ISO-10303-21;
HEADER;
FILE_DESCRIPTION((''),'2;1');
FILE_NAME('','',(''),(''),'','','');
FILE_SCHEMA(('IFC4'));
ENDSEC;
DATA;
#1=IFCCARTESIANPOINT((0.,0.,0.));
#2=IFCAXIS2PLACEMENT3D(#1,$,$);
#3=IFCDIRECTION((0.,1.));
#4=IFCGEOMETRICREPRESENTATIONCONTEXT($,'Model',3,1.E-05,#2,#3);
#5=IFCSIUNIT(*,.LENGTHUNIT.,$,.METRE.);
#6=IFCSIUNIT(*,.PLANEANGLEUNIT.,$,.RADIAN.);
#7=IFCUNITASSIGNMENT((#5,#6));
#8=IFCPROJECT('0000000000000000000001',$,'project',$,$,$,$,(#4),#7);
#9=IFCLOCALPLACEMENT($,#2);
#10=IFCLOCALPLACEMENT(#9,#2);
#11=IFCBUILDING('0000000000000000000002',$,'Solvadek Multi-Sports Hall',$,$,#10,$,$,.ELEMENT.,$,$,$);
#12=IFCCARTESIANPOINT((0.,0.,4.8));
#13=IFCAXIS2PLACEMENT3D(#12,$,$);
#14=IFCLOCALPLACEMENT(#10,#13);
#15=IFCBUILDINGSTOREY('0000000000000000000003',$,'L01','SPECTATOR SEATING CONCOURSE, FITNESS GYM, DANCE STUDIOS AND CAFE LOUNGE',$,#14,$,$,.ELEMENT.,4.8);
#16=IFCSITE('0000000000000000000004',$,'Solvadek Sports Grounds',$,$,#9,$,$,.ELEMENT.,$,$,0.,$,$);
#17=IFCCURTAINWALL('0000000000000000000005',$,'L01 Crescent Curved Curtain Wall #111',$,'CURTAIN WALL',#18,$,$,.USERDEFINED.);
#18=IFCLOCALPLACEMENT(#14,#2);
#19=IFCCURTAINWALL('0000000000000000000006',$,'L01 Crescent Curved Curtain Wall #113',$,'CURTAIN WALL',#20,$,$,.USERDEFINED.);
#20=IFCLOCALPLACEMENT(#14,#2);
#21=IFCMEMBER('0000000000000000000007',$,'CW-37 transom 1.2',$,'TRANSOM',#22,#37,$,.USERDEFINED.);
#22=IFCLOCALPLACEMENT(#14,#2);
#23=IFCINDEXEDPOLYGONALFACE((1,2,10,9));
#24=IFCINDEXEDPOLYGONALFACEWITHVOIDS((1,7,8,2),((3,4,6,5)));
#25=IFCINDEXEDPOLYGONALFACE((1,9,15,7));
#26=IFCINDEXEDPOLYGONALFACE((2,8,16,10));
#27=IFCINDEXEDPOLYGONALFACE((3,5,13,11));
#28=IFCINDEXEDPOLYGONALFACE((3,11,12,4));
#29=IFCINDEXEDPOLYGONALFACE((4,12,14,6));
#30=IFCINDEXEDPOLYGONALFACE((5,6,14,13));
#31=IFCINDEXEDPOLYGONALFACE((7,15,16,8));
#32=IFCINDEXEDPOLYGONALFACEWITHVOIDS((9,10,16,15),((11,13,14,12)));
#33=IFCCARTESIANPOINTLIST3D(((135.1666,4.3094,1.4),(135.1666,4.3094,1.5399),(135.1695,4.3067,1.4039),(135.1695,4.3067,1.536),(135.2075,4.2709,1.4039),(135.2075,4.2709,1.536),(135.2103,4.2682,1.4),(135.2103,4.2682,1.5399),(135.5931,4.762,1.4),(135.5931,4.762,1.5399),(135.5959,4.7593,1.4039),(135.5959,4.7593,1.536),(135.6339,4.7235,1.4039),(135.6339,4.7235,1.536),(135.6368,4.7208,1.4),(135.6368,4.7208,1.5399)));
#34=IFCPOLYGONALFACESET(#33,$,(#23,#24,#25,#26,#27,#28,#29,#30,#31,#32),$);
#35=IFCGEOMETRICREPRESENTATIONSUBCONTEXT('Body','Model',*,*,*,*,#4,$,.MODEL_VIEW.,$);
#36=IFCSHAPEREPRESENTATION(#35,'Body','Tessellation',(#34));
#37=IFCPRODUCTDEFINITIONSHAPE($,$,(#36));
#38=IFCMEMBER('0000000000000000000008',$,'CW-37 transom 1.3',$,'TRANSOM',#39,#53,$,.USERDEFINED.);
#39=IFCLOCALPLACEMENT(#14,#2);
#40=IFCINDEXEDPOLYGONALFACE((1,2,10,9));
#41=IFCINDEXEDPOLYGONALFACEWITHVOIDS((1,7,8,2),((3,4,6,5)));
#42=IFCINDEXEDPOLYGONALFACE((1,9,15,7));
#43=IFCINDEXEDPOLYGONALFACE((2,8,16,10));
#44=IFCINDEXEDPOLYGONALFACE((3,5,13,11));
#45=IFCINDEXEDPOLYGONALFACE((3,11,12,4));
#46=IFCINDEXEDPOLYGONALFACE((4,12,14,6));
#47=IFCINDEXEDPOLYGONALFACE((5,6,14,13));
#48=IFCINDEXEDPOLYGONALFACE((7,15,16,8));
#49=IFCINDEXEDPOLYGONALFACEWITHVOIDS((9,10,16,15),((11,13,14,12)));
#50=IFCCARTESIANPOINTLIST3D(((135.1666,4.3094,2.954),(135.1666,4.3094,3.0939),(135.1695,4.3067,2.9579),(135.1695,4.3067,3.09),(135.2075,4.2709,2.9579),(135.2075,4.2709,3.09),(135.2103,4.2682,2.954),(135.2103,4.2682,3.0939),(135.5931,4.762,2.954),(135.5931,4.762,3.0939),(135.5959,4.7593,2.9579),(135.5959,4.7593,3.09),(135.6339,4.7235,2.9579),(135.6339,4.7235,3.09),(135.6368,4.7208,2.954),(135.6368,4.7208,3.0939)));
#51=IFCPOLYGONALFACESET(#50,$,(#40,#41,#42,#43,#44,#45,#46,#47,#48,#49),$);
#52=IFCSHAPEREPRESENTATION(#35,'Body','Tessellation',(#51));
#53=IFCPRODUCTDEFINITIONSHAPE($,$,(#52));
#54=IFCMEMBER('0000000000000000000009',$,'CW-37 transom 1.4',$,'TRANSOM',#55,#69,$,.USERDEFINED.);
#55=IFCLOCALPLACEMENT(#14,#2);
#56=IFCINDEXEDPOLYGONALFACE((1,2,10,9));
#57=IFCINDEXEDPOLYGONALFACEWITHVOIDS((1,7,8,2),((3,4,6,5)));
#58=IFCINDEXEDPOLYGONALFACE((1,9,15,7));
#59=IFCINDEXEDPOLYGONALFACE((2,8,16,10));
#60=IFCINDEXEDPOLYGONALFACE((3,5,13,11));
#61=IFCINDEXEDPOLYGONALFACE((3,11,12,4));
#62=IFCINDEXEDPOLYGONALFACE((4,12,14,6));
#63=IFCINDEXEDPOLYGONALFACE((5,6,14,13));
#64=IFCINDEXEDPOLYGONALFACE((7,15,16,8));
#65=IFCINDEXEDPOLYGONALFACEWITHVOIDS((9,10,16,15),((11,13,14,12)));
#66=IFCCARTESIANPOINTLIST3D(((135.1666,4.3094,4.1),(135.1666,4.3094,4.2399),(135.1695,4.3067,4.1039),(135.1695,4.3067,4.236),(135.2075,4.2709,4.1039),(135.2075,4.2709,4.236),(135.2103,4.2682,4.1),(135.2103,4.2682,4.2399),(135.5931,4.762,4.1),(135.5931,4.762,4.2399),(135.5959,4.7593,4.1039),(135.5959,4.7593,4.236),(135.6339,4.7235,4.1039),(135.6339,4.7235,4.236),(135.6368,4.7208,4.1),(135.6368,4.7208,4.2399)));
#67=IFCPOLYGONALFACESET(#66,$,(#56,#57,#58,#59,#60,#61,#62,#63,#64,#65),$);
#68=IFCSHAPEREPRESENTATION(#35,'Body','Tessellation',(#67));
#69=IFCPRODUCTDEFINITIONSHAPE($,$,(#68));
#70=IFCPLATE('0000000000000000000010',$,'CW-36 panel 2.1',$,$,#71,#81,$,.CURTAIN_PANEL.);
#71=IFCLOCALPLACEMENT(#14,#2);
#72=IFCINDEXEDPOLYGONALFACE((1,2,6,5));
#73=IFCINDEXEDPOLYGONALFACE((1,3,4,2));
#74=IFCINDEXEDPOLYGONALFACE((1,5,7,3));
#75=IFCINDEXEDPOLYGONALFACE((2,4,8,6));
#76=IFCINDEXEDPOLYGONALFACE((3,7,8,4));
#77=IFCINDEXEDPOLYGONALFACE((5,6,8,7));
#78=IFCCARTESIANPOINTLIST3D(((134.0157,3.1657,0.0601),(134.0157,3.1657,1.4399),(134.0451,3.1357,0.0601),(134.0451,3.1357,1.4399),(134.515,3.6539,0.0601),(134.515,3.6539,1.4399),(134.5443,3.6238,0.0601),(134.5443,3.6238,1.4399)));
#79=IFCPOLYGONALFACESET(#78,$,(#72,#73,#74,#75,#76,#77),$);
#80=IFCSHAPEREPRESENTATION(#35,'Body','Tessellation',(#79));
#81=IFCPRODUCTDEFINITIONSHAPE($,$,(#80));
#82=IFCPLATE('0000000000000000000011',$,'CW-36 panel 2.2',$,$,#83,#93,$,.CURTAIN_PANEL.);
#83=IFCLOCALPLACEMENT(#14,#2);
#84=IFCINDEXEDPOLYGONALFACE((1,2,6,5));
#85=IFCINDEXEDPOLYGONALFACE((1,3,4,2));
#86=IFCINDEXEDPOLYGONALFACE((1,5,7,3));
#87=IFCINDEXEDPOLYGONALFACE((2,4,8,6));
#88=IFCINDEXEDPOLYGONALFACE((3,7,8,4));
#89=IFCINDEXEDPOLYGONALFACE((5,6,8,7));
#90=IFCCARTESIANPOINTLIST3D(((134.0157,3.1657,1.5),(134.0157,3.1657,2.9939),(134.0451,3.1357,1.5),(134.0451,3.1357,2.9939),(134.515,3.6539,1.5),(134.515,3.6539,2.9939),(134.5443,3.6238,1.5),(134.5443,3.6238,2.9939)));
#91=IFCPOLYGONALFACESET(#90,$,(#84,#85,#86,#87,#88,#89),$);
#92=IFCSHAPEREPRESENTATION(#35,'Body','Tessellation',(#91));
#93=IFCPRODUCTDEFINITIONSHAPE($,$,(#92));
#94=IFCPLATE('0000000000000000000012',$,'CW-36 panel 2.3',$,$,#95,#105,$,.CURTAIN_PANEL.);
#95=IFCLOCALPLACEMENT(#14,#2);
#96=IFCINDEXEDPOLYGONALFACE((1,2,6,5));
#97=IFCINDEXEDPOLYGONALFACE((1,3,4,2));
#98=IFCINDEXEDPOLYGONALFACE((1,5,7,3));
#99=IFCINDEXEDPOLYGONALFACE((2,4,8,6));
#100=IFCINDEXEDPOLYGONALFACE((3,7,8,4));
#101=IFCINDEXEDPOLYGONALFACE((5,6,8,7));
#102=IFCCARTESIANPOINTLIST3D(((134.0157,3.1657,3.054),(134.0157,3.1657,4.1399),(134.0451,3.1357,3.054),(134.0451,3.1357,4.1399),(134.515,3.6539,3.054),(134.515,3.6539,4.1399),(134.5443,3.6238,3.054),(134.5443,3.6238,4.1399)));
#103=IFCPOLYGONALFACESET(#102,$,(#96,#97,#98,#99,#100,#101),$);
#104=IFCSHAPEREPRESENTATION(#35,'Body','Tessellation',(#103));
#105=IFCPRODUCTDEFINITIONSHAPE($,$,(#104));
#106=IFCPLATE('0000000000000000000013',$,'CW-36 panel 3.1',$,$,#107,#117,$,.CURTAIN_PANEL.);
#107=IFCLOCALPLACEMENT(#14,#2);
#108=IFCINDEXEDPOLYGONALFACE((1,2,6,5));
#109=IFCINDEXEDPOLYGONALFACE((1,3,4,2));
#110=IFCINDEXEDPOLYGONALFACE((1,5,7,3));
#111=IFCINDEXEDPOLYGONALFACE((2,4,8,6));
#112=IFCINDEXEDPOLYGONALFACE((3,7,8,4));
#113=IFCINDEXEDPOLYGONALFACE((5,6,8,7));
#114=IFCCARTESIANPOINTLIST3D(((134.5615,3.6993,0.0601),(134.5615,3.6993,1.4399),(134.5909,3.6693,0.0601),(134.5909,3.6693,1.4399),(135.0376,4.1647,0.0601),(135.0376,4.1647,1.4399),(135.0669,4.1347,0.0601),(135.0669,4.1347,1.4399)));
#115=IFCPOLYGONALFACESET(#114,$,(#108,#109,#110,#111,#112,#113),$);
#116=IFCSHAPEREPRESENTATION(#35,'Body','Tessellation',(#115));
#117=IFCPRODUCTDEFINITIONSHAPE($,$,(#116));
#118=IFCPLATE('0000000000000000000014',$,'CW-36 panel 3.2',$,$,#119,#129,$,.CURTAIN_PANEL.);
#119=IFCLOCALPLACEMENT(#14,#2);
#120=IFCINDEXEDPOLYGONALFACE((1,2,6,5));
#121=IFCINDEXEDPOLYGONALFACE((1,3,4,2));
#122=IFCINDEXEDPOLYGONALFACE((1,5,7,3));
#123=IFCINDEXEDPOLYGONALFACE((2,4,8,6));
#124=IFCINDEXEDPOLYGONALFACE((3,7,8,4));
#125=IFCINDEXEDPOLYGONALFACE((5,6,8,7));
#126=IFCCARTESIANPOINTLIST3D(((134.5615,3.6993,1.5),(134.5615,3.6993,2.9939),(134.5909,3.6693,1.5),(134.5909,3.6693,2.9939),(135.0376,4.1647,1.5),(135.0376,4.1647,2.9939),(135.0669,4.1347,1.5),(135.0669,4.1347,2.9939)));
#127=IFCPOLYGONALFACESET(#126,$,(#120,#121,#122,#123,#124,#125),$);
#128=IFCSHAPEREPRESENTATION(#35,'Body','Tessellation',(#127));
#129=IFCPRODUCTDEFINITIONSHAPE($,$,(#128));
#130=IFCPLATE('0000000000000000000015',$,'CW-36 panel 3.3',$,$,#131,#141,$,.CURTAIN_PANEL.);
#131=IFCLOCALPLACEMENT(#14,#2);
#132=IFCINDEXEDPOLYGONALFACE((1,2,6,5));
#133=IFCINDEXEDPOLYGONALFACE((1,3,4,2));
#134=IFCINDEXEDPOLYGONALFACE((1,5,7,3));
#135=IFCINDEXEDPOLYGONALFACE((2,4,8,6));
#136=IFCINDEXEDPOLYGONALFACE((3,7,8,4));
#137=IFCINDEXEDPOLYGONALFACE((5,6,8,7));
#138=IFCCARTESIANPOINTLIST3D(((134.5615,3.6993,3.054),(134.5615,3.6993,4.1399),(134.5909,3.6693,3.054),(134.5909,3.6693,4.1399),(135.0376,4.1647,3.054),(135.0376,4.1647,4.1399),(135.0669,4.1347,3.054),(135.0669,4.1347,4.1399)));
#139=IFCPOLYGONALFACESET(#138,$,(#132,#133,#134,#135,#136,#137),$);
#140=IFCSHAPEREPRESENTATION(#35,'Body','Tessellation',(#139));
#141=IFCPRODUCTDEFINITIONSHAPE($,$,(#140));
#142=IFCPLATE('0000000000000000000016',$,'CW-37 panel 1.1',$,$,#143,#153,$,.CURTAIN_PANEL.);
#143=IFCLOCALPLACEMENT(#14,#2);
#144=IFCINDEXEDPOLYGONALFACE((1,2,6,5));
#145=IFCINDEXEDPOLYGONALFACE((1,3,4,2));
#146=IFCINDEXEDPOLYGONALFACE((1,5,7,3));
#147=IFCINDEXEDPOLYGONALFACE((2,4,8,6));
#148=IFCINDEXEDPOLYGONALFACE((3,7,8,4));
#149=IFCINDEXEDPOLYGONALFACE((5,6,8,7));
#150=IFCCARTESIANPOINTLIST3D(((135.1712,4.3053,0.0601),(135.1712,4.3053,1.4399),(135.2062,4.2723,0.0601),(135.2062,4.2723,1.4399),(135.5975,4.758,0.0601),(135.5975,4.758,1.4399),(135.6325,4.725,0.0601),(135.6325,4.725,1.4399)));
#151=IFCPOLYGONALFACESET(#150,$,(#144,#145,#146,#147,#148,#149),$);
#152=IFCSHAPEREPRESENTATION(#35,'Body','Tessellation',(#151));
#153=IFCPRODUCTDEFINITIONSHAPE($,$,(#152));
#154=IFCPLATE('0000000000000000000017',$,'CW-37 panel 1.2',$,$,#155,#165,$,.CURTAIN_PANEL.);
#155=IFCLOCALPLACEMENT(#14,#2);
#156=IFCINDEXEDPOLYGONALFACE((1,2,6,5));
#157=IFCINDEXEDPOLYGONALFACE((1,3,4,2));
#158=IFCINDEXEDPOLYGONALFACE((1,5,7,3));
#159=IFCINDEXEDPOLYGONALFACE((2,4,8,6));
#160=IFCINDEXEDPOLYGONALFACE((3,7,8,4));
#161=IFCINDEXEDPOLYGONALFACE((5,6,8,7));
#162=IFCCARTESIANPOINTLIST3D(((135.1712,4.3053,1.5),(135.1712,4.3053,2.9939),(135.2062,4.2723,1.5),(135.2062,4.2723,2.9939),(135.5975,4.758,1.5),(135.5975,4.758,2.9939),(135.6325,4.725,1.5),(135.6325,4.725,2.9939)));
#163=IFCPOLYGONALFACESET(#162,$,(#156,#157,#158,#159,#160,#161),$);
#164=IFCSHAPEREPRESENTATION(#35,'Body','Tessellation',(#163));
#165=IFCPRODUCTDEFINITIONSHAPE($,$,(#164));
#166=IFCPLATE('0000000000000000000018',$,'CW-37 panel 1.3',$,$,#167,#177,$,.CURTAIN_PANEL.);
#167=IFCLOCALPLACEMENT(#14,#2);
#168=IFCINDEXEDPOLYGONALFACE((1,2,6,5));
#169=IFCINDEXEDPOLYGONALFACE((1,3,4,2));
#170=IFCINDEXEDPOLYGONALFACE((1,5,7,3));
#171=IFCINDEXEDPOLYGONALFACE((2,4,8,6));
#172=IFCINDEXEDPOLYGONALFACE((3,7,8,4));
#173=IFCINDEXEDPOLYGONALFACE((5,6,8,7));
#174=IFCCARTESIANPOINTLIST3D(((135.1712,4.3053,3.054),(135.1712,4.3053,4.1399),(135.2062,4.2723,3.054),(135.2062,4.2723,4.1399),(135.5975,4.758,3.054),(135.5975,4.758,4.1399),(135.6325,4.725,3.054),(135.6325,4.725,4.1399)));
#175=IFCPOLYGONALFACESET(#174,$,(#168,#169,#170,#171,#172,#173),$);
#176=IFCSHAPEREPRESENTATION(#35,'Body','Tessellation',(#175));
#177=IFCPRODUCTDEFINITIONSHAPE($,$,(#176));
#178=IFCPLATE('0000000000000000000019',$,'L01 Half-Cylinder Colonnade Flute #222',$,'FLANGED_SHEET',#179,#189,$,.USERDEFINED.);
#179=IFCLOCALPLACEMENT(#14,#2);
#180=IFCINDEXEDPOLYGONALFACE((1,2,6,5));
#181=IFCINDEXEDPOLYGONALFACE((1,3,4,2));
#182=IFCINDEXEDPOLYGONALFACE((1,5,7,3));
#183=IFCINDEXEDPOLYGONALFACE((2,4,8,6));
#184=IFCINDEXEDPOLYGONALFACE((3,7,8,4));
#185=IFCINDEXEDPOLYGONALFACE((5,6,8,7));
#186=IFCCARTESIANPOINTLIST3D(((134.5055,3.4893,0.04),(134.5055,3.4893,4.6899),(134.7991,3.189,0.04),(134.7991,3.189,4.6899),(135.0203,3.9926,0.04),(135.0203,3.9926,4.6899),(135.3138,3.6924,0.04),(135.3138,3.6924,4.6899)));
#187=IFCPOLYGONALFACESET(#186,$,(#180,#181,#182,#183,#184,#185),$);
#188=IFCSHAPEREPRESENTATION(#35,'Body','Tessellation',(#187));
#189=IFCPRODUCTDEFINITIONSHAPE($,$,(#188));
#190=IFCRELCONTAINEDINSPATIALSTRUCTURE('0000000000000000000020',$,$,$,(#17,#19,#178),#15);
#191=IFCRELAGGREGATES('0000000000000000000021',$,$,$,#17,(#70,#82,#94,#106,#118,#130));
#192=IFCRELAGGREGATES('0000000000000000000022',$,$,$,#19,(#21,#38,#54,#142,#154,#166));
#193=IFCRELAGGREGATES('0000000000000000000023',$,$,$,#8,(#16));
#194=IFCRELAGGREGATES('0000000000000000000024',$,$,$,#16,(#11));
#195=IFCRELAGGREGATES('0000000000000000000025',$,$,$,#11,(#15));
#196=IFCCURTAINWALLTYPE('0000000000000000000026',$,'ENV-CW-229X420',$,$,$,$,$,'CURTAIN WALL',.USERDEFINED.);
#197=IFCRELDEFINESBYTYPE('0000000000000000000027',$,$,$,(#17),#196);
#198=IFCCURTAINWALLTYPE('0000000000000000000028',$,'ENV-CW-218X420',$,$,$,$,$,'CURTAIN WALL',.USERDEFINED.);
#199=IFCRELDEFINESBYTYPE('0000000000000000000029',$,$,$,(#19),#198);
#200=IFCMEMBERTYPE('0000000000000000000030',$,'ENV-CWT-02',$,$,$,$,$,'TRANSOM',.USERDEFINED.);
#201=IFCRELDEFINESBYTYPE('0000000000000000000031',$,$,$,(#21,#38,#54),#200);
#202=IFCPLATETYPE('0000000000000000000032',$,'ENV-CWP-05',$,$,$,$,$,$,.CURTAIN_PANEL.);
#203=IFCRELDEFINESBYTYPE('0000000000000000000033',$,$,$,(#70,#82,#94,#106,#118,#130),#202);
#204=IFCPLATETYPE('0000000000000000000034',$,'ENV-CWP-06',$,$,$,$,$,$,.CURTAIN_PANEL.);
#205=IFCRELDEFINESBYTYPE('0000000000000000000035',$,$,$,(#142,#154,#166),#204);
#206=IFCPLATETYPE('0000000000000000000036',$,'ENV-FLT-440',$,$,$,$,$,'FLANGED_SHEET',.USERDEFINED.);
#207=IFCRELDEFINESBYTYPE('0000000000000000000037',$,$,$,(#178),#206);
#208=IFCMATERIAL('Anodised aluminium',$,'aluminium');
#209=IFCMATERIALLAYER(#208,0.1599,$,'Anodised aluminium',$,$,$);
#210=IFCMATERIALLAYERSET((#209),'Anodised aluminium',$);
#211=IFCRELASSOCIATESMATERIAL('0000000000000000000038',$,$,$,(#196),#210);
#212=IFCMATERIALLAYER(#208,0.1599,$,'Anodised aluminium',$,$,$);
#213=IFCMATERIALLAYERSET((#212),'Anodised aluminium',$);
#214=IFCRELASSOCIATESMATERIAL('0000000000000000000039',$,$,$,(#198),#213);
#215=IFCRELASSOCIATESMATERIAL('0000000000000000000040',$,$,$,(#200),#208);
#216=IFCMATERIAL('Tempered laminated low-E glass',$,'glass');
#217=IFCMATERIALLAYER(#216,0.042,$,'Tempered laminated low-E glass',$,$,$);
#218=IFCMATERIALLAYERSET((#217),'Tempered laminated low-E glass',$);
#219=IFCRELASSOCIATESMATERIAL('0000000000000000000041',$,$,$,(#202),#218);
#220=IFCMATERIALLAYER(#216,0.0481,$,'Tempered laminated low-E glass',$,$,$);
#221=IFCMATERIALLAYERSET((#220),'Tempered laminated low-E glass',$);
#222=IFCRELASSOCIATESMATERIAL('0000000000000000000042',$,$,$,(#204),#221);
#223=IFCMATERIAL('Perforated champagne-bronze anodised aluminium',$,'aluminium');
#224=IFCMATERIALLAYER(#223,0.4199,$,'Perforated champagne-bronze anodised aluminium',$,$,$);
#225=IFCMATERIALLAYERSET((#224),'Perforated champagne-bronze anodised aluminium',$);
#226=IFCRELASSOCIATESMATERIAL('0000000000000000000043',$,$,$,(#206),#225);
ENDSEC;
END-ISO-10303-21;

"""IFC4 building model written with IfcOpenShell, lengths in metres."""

from ifc_helpers import new_model, si_unit, direction, frame, origin, origin_2d, place, context, subcontext, project, spatial, rectangle, hollow_rectangle, extrude, material, layer, layer_set, material_profile, profile_set, type_object, element, aggregate, save


model = new_model("IFC4")

# Units and contexts
model_context = context("Model", 3, precision=1e-05, world=origin(), true_north=direction((0.0, 1.0)))
body_context = subcontext(model_context, "Body", "Model", "MODEL_VIEW")
ifc_project = project(units=[si_unit("LENGTHUNIT", "METRE"), si_unit("PLANEANGLEUNIT", "RADIAN")], contexts=[model_context])

# Site, building, storey
site_placement = place(None, origin())
site = spatial("IfcSite", under=ifc_project, at=site_placement, Name="Solvadek Sports Grounds", CompositionType="ELEMENT", RefElevation=0.0)
building_placement = place(site_placement, origin())
building = spatial("IfcBuilding", under=site, at=building_placement, Name="Solvadek Multi-Sports Hall", CompositionType="ELEMENT")
storey_placement = place(building_placement, frame((0.0, 0.0, 4.8)))
storey = spatial("IfcBuildingStorey", under=building, at=storey_placement, Name="L01", Description="SPECTATOR SEATING CONCOURSE, FITNESS GYM, DANCE STUDIOS AND CAFE LOUNGE", CompositionType="ELEMENT", Elevation=4.8)

# Curtain wall
ifc_material_1 = material(Name="Anodised aluminium", Category="aluminium")
ifc_layer_1 = layer(ifc_material_1, 0.1599, Name="Anodised aluminium")
ifc_layer_set_1 = layer_set([ifc_layer_1], Name="Anodised aluminium")
curtain_wall_type_1 = type_object("IfcCurtainWallType", Name="ENV-CW-229X420", ElementType="CURTAIN WALL", PredefinedType="USERDEFINED", material=ifc_layer_set_1)
curtain_wall_1_placement = place(storey_placement, origin())
curtain_wall_1 = element("IfcCurtainWall", 1, at=curtain_wall_1_placement, inside=storey, type_object=curtain_wall_type_1, Name="L01 Crescent Curved Curtain Wall #111", ObjectType="CURTAIN WALL", PredefinedType="USERDEFINED")

# Curtain wall
ifc_layer_2 = layer(ifc_material_1, 0.1599, Name="Anodised aluminium")
ifc_layer_set_2 = layer_set([ifc_layer_2], Name="Anodised aluminium")
curtain_wall_type_2 = type_object("IfcCurtainWallType", Name="ENV-CW-218X420", ElementType="CURTAIN WALL", PredefinedType="USERDEFINED", material=ifc_layer_set_2)
curtain_wall_2_placement = place(storey_placement, origin())
curtain_wall_2 = element("IfcCurtainWall", 2, at=curtain_wall_2_placement, inside=storey, type_object=curtain_wall_type_2, Name="L01 Crescent Curved Curtain Wall #113", ObjectType="CURTAIN WALL", PredefinedType="USERDEFINED")

# Members
ifc_material_profile_1 = material_profile(ifc_material_1, hollow_rectangle(XDim=0.0601, YDim=0.1399, WallThickness=0.0039, at=origin_2d()), Name="ALU-T 140x60x4")
ifc_profile_set_1 = profile_set([ifc_material_profile_1], Name="Anodised aluminium")
member_type_1 = type_object("IfcMemberType", Name="ENV-CWT-02", ElementType="TRANSOM", PredefinedType="USERDEFINED", material=ifc_profile_set_1)
member_1_placement = place(storey_placement, frame((135.1885, 4.2888, 1.47), z_axis=(0.685793, 0.727797, 0.0), x_axis=(-0.727797, 0.685793, 0.0)))
member_1 = element("IfcMember", 3, at=member_1_placement, type_object=member_type_1, Name="CW-37 transom 1.2", ObjectType="TRANSOM", PredefinedType="USERDEFINED", context=body_context, shape_type="SweptSolid", body=[
    extrude(hollow_rectangle(XDim=0.0601, YDim=0.1399, WallThickness=0.0039, at=origin_2d()), origin(), (0.0, 0.0, 1.0), 0.6218),
])
member_2_placement = place(storey_placement, frame((135.1885, 4.2888, 3.0239), z_axis=(0.685793, 0.727797, 0.0), x_axis=(-0.727797, 0.685793, 0.0)))
member_2 = element("IfcMember", 4, at=member_2_placement, type_object=member_type_1, Name="CW-37 transom 1.3", ObjectType="TRANSOM", PredefinedType="USERDEFINED", context=body_context, shape_type="SweptSolid", body=[
    extrude(hollow_rectangle(XDim=0.0601, YDim=0.1399, WallThickness=0.0039, at=origin_2d()), origin(), (0.0, 0.0, 1.0), 0.6218),
])
member_3_placement = place(storey_placement, frame((135.1885, 4.2888, 4.1699), z_axis=(0.685793, 0.727797, 0.0), x_axis=(-0.727797, 0.685793, 0.0)))
member_3 = element("IfcMember", 5, at=member_3_placement, type_object=member_type_1, Name="CW-37 transom 1.4", ObjectType="TRANSOM", PredefinedType="USERDEFINED", context=body_context, shape_type="SweptSolid", body=[
    extrude(hollow_rectangle(XDim=0.0601, YDim=0.1399, WallThickness=0.0039, at=origin_2d()), origin(), (0.0, 0.0, 1.0), 0.6218),
])

# Plates
ifc_material_2 = material(Name="Tempered laminated low-E glass", Category="glass")
ifc_layer_3 = layer(ifc_material_2, 0.042, Name="Tempered laminated low-E glass")
ifc_layer_set_3 = layer_set([ifc_layer_3], Name="Tempered laminated low-E glass")
plate_type_1 = type_object("IfcPlateType", Name="ENV-CWP-05", PredefinedType="CURTAIN_PANEL", material=ifc_layer_set_3)
plate_1_placement = place(storey_placement, frame((134.28, 3.3948, 0.0601), z_axis=(0.0, 0.0, 1.0), x_axis=(0.715032, 0.699091, 0.0)))
plate_1 = element("IfcPlate", 6, at=plate_1_placement, type_object=plate_type_1, Name="CW-36 panel 2.1", PredefinedType="CURTAIN_PANEL", context=body_context, shape_type="SweptSolid", body=[
    extrude(rectangle(XDim=0.6982, YDim=0.042, at=origin_2d()), origin(), (0.0, 0.0, 1.0), 1.3799),
])
plate_2_placement = place(storey_placement, frame((134.28, 3.3948, 1.5), z_axis=(0.0, 0.0, 1.0), x_axis=(0.715032, 0.699091, 0.0)))
plate_2 = element("IfcPlate", 7, at=plate_2_placement, type_object=plate_type_1, Name="CW-36 panel 2.2", PredefinedType="CURTAIN_PANEL", context=body_context, shape_type="SweptSolid", body=[
    extrude(rectangle(XDim=0.6982, YDim=0.042, at=origin_2d()), origin(), (0.0, 0.0, 1.0), 1.4939),
])
plate_3_placement = place(storey_placement, frame((134.28, 3.3948, 3.054), z_axis=(0.0, 0.0, 1.0), x_axis=(0.715032, 0.699091, 0.0)))
plate_3 = element("IfcPlate", 8, at=plate_3_placement, type_object=plate_type_1, Name="CW-36 panel 2.3", PredefinedType="CURTAIN_PANEL", context=body_context, shape_type="SweptSolid", body=[
    extrude(rectangle(XDim=0.6982, YDim=0.042, at=origin_2d()), origin(), (0.0, 0.0, 1.0), 1.0859),
])
plate_4_placement = place(storey_placement, frame((134.8142, 3.917, 0.0601), z_axis=(0.0, 0.0, 1.0), x_axis=(0.715032, 0.699091, 0.0)))
plate_4 = element("IfcPlate", 9, at=plate_4_placement, type_object=plate_type_1, Name="CW-36 panel 3.1", PredefinedType="CURTAIN_PANEL", context=body_context, shape_type="SweptSolid", body=[
    extrude(rectangle(XDim=0.6658, YDim=0.042, at=origin_2d()), origin(), (0.0, 0.0, 1.0), 1.3799),
])
plate_5_placement = place(storey_placement, frame((134.8142, 3.917, 1.5), z_axis=(0.0, 0.0, 1.0), x_axis=(0.715032, 0.699091, 0.0)))
plate_5 = element("IfcPlate", 10, at=plate_5_placement, type_object=plate_type_1, Name="CW-36 panel 3.2", PredefinedType="CURTAIN_PANEL", context=body_context, shape_type="SweptSolid", body=[
    extrude(rectangle(XDim=0.6658, YDim=0.042, at=origin_2d()), origin(), (0.0, 0.0, 1.0), 1.4939),
])
plate_6_placement = place(storey_placement, frame((134.8142, 3.917, 3.054), z_axis=(0.0, 0.0, 1.0), x_axis=(0.715032, 0.699091, 0.0)))
plate_6 = element("IfcPlate", 11, at=plate_6_placement, type_object=plate_type_1, Name="CW-36 panel 3.3", PredefinedType="CURTAIN_PANEL", context=body_context, shape_type="SweptSolid", body=[
    extrude(rectangle(XDim=0.6658, YDim=0.042, at=origin_2d()), origin(), (0.0, 0.0, 1.0), 1.0859),
])
aggregate(curtain_wall_1, [plate_1, plate_2, plate_3, plate_4, plate_5, plate_6])
ifc_layer_4 = layer(ifc_material_2, 0.0481, Name="Tempered laminated low-E glass")
ifc_layer_set_4 = layer_set([ifc_layer_4], Name="Tempered laminated low-E glass")
plate_type_2 = type_object("IfcPlateType", Name="ENV-CWP-06", PredefinedType="CURTAIN_PANEL", material=ifc_layer_set_4)
plate_7_placement = place(storey_placement, frame((135.4019, 4.5151, 0.0601), z_axis=(0.0, 0.0, 1.0), x_axis=(0.685578, 0.727999, 0.0)))
plate_7 = element("IfcPlate", 12, at=plate_7_placement, type_object=plate_type_2, Name="CW-37 panel 1.1", PredefinedType="CURTAIN_PANEL", context=body_context, shape_type="SweptSolid", body=[
    extrude(rectangle(XDim=0.6218, YDim=0.0481, at=origin_2d()), origin(), (0.0, 0.0, 1.0), 1.3799),
])
plate_8_placement = place(storey_placement, frame((135.4019, 4.5151, 1.5), z_axis=(0.0, 0.0, 1.0), x_axis=(0.685578, 0.727999, 0.0)))
plate_8 = element("IfcPlate", 13, at=plate_8_placement, type_object=plate_type_2, Name="CW-37 panel 1.2", PredefinedType="CURTAIN_PANEL", context=body_context, shape_type="SweptSolid", body=[
    extrude(rectangle(XDim=0.6218, YDim=0.0481, at=origin_2d()), origin(), (0.0, 0.0, 1.0), 1.4939),
])
plate_9_placement = place(storey_placement, frame((135.4019, 4.5151, 3.054), z_axis=(0.0, 0.0, 1.0), x_axis=(0.685578, 0.727999, 0.0)))
plate_9 = element("IfcPlate", 14, at=plate_9_placement, type_object=plate_type_2, Name="CW-37 panel 1.3", PredefinedType="CURTAIN_PANEL", context=body_context, shape_type="SweptSolid", body=[
    extrude(rectangle(XDim=0.6218, YDim=0.0481, at=origin_2d()), origin(), (0.0, 0.0, 1.0), 1.0859),
])
aggregate(curtain_wall_2, [member_1, member_2, member_3, plate_7, plate_8, plate_9])

# Plate
ifc_material_3 = material(Name="Perforated champagne-bronze anodised aluminium", Category="aluminium")
ifc_layer_5 = layer(ifc_material_3, 0.4199, Name="Perforated champagne-bronze anodised aluminium")
ifc_layer_set_5 = layer_set([ifc_layer_5], Name="Perforated champagne-bronze anodised aluminium")
plate_type_3 = type_object("IfcPlateType", Name="ENV-FLT-440", ElementType="FLANGED_SHEET", PredefinedType="USERDEFINED", material=ifc_layer_set_5)
for number, where, z_axis, x_axis, name in (
    (15, (134.9097, 3.5908, 0.04), (0.0, 0.0, 1.0), (0.715, 0.699125, 0.0), "L01 Half-Cylinder Colonnade Flute #222"),
):
    element("IfcPlate", number, at=place(storey_placement, frame(where, z_axis=z_axis, x_axis=x_axis)), inside=storey, type_object=plate_type_3, Name=name, ObjectType="FLANGED_SHEET", PredefinedType="USERDEFINED", context=body_context, shape_type="SweptSolid", body=[
        extrude(rectangle(XDim=0.72, YDim=0.4199, at=origin_2d()), origin(), (0.0, 0.0, 1.0), 4.6499),
    ])

save(model, "model.ifc")
